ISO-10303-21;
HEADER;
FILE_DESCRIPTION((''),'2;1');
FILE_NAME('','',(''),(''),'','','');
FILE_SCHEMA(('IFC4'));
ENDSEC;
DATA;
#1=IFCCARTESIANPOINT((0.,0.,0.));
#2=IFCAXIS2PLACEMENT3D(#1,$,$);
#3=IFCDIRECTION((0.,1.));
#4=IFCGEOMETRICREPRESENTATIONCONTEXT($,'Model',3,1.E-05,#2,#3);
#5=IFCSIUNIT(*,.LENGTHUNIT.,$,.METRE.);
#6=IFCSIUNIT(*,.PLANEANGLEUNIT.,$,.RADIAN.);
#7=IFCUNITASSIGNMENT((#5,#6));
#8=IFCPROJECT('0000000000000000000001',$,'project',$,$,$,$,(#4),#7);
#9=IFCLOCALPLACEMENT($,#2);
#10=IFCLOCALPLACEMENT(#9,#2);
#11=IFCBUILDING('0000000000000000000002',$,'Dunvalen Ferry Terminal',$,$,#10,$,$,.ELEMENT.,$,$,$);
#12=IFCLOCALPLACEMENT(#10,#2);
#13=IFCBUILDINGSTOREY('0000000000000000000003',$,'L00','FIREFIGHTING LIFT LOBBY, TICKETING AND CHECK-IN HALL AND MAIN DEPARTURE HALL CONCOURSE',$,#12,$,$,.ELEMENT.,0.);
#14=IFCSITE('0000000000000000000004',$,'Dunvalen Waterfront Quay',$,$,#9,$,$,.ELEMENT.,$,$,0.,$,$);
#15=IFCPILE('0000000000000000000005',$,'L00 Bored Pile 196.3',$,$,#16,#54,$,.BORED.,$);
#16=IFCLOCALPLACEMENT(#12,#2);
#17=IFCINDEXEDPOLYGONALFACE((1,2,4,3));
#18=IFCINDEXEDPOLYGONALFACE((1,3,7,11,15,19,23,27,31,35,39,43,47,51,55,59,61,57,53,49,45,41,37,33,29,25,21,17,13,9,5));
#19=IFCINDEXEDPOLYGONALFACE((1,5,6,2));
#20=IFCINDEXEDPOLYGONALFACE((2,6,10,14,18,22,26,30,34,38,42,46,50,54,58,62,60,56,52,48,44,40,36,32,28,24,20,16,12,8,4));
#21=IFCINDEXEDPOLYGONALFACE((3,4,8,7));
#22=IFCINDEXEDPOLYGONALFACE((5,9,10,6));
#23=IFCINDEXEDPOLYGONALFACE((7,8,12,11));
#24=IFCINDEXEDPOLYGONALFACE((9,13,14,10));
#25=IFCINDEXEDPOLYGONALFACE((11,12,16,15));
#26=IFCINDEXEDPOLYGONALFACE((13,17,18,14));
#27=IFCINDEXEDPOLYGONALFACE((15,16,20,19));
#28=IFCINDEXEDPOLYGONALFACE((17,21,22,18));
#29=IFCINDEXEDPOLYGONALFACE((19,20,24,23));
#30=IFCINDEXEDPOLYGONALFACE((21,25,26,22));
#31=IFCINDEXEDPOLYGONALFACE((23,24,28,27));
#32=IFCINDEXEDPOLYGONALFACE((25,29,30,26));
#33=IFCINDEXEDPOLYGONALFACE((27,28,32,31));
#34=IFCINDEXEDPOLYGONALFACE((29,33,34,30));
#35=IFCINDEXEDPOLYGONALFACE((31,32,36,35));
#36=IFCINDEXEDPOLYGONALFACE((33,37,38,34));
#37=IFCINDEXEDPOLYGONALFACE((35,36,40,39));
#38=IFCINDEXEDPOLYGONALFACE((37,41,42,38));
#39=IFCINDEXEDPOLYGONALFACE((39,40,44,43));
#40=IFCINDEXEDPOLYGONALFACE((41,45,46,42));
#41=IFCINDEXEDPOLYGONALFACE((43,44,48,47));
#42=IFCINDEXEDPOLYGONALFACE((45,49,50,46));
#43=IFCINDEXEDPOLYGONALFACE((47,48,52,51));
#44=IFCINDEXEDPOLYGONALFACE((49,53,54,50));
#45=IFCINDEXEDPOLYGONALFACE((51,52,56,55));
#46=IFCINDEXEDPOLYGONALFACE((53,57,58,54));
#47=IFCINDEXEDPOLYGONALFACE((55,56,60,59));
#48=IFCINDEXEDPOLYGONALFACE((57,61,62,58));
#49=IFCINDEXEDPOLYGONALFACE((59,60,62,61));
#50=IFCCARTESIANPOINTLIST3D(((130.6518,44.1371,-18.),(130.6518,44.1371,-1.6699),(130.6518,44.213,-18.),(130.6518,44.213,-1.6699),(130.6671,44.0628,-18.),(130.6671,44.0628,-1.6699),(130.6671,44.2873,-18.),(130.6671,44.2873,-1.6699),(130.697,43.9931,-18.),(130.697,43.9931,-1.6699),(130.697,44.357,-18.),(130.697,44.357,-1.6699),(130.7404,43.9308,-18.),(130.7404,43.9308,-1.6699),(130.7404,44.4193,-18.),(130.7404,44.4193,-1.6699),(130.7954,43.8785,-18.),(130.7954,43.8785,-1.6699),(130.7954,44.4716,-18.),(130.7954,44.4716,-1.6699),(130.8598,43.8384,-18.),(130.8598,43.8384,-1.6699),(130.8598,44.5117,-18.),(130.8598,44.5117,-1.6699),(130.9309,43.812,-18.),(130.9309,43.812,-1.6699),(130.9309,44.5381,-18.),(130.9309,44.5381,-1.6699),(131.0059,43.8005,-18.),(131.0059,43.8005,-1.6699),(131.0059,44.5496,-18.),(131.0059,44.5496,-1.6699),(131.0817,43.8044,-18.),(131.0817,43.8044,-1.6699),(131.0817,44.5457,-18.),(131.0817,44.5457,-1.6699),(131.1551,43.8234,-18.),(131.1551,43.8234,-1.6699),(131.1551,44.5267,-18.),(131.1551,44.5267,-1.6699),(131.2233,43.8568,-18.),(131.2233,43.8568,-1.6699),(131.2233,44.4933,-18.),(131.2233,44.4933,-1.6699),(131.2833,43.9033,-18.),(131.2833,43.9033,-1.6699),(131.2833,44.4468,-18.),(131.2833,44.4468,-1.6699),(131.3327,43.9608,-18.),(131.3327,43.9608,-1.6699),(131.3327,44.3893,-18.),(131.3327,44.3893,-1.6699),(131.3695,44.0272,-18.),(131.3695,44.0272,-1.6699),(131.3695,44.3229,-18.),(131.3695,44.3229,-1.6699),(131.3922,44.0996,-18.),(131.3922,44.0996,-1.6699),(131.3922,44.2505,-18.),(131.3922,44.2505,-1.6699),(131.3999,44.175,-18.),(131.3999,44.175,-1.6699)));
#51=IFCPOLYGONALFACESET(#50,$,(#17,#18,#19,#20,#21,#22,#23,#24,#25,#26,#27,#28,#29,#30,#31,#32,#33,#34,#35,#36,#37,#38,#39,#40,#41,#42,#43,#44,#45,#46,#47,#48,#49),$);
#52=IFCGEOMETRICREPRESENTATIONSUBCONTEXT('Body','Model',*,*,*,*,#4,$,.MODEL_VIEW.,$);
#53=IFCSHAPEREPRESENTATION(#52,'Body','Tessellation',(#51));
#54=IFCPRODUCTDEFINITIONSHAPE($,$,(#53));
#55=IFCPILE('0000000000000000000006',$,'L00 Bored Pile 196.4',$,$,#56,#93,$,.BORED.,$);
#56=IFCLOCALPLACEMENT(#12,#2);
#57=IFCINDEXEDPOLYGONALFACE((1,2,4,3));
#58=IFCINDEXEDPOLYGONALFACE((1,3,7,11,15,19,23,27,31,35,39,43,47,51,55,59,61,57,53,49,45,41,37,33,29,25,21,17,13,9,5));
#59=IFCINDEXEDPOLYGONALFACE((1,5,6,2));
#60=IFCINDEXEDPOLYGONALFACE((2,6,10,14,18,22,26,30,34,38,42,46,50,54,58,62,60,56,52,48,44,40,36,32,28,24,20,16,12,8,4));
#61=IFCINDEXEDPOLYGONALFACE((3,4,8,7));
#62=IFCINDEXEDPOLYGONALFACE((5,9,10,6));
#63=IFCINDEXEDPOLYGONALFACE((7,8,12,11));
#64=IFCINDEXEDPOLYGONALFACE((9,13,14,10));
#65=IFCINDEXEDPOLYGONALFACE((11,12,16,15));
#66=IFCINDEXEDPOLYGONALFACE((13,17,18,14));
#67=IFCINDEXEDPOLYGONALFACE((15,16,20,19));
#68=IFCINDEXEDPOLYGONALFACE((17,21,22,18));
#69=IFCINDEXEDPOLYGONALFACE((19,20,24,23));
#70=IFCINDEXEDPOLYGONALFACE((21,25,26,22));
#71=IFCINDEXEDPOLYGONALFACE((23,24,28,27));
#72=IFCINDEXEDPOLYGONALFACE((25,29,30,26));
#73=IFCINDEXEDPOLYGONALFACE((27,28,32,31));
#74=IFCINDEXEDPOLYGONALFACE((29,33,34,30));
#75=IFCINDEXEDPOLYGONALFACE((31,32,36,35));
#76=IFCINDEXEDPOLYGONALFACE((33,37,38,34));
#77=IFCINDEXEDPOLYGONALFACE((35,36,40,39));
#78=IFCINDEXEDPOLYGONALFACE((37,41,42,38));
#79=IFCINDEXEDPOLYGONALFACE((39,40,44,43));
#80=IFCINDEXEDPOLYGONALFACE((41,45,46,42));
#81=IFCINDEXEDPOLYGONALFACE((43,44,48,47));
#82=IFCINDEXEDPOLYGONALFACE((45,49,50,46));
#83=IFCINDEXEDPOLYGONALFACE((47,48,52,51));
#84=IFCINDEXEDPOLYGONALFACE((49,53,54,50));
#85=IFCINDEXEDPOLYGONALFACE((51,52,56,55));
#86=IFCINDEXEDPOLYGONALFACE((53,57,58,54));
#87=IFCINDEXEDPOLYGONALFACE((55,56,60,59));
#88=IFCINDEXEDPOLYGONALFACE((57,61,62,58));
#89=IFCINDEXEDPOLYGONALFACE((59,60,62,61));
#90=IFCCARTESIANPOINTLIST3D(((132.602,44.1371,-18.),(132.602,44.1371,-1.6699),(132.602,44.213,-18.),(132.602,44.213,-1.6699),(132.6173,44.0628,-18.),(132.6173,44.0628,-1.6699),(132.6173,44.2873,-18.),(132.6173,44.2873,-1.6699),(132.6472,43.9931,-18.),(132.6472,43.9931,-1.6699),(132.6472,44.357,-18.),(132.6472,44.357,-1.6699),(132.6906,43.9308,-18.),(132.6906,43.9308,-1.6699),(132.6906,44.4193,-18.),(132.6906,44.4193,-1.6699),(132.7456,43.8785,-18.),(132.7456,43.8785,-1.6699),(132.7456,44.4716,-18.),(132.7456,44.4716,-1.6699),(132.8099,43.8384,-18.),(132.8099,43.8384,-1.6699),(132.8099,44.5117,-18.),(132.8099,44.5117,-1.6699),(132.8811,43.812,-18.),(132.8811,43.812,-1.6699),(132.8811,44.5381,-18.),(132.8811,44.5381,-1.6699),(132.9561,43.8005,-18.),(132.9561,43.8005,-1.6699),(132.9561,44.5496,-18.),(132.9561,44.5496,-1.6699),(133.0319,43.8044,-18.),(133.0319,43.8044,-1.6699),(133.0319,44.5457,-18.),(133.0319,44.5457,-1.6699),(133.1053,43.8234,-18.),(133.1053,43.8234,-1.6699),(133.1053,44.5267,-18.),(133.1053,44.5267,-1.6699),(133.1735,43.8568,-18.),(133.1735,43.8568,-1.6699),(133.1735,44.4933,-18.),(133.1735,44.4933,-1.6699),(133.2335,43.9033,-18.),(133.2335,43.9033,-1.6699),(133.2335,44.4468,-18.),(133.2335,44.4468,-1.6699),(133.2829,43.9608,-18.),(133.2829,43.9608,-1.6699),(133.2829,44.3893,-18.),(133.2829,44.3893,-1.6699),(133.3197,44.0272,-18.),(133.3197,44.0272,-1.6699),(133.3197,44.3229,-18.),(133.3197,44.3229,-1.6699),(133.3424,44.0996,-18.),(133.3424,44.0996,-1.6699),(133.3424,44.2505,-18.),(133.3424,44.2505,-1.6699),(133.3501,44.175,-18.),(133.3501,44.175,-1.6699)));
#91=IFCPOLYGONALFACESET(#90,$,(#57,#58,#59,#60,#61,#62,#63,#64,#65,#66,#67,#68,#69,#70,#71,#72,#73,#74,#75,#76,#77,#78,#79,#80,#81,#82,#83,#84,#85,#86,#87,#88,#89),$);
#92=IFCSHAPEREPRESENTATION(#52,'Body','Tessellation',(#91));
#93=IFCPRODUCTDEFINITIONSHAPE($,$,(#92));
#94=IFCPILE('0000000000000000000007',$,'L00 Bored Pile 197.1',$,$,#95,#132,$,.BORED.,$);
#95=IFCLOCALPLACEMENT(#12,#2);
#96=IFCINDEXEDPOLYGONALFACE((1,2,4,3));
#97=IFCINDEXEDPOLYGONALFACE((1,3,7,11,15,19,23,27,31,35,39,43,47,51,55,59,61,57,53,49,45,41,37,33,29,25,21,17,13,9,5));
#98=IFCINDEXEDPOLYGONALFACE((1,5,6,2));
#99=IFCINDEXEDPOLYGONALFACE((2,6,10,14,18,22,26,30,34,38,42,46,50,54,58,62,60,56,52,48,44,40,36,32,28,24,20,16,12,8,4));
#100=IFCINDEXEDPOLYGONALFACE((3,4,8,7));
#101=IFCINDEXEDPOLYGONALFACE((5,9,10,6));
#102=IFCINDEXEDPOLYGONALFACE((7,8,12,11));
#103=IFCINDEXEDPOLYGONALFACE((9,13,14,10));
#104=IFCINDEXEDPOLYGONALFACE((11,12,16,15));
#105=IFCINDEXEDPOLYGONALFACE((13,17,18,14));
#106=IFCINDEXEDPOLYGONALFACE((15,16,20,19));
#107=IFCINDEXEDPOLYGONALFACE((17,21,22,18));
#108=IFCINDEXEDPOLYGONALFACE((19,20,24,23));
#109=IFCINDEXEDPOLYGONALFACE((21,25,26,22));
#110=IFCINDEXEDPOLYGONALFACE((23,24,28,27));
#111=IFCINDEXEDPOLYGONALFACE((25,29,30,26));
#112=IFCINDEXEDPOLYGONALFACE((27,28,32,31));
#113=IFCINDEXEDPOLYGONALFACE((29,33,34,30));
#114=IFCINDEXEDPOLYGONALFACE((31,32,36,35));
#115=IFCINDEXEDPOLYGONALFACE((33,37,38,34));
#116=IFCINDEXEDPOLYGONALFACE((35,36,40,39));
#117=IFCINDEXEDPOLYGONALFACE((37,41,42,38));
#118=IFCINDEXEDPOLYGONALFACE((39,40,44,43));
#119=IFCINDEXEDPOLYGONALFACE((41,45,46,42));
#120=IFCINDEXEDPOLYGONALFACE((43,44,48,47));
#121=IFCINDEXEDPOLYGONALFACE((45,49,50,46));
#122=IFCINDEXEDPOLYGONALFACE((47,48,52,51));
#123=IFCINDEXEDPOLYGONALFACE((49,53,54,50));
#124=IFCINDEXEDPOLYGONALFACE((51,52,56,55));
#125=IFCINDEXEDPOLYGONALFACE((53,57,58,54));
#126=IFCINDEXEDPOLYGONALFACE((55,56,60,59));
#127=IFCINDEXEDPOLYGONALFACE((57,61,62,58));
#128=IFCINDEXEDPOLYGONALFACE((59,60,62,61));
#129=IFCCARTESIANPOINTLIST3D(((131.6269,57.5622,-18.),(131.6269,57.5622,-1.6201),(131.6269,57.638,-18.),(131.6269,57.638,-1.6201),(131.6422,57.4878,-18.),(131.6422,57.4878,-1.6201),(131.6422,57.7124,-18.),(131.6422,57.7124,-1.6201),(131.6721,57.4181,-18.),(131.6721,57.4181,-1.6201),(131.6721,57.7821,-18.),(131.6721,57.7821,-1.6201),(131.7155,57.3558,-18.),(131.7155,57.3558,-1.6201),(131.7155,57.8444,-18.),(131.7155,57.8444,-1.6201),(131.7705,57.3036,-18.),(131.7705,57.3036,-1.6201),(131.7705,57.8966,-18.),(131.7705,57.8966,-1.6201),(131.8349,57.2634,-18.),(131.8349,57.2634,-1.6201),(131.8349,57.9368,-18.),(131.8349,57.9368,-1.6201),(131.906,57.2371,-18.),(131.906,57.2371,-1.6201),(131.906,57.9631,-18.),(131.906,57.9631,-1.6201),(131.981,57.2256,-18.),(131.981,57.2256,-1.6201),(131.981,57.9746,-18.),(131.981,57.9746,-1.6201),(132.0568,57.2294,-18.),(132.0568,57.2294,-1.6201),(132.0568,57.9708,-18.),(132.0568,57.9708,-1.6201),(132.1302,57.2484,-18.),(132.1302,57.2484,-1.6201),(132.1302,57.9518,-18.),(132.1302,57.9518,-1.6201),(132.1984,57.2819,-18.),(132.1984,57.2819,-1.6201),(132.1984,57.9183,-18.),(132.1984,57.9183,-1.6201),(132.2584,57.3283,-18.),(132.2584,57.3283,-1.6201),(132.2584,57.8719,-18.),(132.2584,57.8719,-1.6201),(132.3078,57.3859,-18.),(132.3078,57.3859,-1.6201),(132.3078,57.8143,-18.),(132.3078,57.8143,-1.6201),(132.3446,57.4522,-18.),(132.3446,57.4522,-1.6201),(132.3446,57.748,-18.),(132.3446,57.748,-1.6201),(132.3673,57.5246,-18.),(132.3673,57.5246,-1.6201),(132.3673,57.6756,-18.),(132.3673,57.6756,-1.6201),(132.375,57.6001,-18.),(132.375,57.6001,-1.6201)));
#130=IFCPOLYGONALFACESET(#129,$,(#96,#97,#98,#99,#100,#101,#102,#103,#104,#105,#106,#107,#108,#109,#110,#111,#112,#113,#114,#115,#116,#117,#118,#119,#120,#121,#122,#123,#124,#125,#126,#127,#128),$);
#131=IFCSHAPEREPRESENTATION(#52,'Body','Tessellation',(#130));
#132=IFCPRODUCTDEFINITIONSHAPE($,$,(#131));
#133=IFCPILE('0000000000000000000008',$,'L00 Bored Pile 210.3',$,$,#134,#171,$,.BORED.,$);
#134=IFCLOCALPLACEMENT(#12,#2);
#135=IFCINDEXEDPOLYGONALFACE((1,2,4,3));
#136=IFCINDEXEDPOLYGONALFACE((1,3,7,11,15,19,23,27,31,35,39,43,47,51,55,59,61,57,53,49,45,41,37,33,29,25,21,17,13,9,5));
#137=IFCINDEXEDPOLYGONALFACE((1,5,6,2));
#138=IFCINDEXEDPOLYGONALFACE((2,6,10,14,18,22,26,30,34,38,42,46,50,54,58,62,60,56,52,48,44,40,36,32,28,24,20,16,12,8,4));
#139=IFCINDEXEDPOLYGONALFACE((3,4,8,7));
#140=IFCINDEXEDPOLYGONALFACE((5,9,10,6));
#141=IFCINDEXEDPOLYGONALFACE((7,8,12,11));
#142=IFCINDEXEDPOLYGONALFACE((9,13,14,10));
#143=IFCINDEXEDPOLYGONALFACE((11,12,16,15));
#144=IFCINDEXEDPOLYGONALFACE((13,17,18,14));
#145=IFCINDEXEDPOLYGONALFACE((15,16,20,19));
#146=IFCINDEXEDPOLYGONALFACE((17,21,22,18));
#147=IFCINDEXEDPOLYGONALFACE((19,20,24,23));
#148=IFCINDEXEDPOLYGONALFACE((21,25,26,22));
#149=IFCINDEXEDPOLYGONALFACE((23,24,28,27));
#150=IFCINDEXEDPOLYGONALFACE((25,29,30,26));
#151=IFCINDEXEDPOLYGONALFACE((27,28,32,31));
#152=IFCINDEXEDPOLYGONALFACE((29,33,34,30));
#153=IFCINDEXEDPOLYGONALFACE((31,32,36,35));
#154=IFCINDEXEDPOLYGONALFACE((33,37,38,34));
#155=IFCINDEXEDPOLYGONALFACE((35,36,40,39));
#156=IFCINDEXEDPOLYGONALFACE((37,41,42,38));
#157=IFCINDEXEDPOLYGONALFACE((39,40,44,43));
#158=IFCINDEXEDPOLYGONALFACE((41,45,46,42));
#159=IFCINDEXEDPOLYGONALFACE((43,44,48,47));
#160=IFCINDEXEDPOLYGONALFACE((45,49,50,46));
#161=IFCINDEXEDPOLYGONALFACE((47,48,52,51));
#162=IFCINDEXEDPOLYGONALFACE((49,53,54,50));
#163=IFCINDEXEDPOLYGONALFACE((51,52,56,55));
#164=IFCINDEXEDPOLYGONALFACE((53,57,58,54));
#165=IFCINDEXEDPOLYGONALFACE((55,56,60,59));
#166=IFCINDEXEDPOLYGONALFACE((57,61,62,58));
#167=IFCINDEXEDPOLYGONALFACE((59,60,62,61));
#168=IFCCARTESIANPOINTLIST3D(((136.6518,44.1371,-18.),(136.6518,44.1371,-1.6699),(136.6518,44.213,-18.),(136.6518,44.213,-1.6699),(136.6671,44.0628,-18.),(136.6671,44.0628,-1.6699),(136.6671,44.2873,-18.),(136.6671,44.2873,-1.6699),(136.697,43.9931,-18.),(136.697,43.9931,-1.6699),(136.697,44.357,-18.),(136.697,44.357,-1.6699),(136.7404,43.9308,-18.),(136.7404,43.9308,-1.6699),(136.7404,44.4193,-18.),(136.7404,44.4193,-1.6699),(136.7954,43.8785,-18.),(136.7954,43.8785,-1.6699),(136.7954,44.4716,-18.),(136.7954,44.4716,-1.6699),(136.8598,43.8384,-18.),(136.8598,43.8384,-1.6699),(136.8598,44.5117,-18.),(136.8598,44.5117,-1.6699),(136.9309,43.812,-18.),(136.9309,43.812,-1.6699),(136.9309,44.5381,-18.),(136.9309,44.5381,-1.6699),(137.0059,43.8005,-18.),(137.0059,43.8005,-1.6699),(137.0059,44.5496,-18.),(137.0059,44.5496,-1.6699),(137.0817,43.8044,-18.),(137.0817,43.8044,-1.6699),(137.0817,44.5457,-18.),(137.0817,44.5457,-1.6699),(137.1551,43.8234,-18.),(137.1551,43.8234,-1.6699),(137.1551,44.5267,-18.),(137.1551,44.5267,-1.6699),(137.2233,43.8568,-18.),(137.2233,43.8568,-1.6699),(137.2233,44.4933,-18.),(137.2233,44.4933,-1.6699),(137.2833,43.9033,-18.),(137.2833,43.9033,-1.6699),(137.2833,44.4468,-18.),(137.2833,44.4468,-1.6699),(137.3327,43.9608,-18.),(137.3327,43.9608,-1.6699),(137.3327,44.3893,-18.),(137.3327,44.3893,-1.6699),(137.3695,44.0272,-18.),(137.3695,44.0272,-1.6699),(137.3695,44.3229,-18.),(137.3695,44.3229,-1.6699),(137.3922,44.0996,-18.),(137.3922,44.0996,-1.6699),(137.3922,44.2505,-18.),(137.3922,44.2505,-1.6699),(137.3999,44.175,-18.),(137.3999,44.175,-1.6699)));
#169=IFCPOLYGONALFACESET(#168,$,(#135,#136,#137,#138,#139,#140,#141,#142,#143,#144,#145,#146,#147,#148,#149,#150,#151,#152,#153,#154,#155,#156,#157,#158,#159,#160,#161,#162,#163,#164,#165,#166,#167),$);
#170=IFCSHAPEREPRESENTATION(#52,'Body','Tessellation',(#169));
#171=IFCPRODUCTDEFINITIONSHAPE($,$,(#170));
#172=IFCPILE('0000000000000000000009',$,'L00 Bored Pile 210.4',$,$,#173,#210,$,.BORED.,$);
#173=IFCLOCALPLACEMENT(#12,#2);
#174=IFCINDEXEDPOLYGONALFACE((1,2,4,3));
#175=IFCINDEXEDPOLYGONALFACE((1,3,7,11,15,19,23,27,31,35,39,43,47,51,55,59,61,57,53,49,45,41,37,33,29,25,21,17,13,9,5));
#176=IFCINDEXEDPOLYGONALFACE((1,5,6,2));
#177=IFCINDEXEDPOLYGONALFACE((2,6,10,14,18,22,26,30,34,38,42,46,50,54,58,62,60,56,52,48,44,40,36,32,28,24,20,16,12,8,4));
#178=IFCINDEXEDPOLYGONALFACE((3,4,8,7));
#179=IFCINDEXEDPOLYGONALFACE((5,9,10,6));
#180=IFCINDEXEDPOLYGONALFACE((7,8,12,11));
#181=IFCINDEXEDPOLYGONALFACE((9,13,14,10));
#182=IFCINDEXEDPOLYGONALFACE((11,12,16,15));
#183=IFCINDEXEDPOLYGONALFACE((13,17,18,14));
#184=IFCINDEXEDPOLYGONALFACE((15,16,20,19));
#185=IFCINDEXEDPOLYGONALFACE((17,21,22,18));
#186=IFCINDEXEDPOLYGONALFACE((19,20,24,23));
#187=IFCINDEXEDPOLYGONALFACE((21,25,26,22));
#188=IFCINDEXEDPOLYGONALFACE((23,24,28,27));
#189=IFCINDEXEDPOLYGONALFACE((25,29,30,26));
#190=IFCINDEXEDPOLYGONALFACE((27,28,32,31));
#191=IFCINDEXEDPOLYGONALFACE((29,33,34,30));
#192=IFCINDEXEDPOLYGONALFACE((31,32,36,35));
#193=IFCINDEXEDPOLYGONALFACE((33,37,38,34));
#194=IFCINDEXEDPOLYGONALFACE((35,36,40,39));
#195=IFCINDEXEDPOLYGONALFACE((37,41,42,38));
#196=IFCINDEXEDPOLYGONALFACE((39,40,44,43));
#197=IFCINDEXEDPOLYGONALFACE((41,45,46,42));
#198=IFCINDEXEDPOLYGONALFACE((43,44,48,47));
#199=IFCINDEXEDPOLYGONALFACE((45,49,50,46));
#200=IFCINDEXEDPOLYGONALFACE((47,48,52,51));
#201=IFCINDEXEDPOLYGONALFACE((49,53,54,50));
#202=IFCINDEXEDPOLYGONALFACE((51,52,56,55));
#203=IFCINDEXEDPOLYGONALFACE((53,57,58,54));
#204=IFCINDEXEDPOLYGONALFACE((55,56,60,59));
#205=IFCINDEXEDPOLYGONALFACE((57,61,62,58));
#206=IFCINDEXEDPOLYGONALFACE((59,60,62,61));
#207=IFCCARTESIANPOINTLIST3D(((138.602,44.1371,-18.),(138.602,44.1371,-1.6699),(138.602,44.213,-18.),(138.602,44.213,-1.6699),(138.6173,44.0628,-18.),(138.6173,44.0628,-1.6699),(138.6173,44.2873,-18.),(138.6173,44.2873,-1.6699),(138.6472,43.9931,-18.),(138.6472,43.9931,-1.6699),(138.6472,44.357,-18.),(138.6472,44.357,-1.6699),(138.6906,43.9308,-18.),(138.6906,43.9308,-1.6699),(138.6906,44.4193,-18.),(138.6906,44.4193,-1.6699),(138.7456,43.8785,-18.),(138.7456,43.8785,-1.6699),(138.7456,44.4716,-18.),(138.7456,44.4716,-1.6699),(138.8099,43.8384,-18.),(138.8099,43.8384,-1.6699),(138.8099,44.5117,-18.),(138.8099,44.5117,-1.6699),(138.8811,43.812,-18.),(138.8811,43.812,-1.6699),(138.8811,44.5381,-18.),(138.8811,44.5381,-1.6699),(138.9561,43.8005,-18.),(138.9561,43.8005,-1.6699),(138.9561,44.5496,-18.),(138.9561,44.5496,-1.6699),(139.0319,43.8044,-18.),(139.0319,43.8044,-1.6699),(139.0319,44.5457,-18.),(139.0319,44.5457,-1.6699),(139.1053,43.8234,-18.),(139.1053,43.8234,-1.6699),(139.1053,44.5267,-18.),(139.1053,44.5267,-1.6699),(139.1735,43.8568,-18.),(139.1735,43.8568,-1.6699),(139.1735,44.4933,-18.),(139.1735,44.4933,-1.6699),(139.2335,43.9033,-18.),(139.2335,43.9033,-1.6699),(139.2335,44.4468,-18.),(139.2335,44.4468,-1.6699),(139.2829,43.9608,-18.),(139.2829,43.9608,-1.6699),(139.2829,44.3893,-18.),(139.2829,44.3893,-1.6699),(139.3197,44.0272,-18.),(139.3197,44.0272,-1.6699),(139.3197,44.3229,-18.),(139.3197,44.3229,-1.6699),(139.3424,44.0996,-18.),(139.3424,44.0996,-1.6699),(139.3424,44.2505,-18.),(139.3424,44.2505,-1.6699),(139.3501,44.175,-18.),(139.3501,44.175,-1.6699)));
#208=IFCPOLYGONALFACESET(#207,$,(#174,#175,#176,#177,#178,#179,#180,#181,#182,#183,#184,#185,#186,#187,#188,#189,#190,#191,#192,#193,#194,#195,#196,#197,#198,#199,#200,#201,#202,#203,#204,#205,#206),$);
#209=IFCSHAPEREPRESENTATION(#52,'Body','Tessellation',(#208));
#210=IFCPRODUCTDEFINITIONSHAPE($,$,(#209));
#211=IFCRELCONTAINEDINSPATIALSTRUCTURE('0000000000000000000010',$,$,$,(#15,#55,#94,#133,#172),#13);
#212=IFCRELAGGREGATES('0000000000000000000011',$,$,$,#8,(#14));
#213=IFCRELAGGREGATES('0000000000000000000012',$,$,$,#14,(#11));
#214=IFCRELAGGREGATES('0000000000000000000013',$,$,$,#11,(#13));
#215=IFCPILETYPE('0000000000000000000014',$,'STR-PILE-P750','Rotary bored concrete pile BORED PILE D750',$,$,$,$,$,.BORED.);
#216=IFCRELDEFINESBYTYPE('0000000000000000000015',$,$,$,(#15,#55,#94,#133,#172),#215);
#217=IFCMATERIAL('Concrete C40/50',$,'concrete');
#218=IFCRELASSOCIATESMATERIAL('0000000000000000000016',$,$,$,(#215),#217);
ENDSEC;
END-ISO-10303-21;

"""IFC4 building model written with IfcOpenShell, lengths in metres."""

from ifc_helpers import new_model, si_unit, direction, frame, origin, origin_2d, place, context, subcontext, project, spatial, circle, extrude, material, material_profile, profile_set, type_object, element, save


model = new_model("IFC4")

# Units and contexts
model_context = context("Model", 3, precision=1e-05, world=origin(), true_north=direction((0.0, 1.0)))
body_context = subcontext(model_context, "Body", "Model", "MODEL_VIEW")
ifc_project = project(units=[si_unit("LENGTHUNIT", "METRE"), si_unit("PLANEANGLEUNIT", "RADIAN")], contexts=[model_context])

# Site, building, storey
site_placement = place(None, origin())
site = spatial("IfcSite", under=ifc_project, at=site_placement, Name="Dunvalen Waterfront Quay", CompositionType="ELEMENT", RefElevation=0.0)
building_placement = place(site_placement, origin())
building = spatial("IfcBuilding", under=site, at=building_placement, Name="Dunvalen Ferry Terminal", CompositionType="ELEMENT")
storey_placement = place(building_placement, origin())
storey = spatial("IfcBuildingStorey", under=building, at=storey_placement, Name="L00", Description="FIREFIGHTING LIFT LOBBY, TICKETING AND CHECK-IN HALL AND MAIN DEPARTURE HALL CONCOURSE", CompositionType="ELEMENT", Elevation=0.0)

# Shared definitions
ifc_material_1 = material(Name="Concrete C40/50", Category="concrete")

# Piles
ifc_material_profile_1 = material_profile(ifc_material_1, circle(Radius=0.375, at=origin_2d()), Name="Concrete C40/50")
ifc_profile_set_1 = profile_set([ifc_material_profile_1], Name="Concrete C40/50")
pile_type_1 = type_object("IfcPileType", Name="STR-PILE-P750", Description="Rotary bored concrete pile BORED PILE D750", PredefinedType="BORED", material=ifc_profile_set_1)
for number, where, z_axis, x_axis, name in (
    (1, (131.0249, 44.175, -1.6699), (0.0, 0.0, -1.0), (1.0, 0.0, 0.0), "L00 Bored Pile 196.3"),
    (2, (132.9751, 44.175, -1.6699), (0.0, 0.0, -1.0), (1.0, 0.0, 0.0), "L00 Bored Pile 196.4"),
):
    element("IfcPile", number, at=place(storey_placement, frame(where, z_axis=z_axis, x_axis=x_axis)), inside=storey, type_object=pile_type_1, Name=name, PredefinedType="BORED", context=body_context, shape_type="SweptSolid", body=[
        extrude(circle(Radius=0.375, at=origin_2d()), origin(), (0.0, 0.0, 1.0), 16.3301),
    ])
pile_1_placement = place(storey_placement, frame((132.0, 57.6001, -1.6201), z_axis=(0.0, 0.0, -1.0), x_axis=(1.0, 0.0, 0.0)))
element("IfcPile", 3, at=pile_1_placement, inside=storey, type_object=pile_type_1, Name="L00 Bored Pile 197.1", PredefinedType="BORED", context=body_context, shape_type="SweptSolid", body=[
    extrude(circle(Radius=0.375, at=origin_2d()), origin(), (0.0, 0.0, 1.0), 16.3799),
])
for number, where, z_axis, x_axis, name in (
    (4, (137.0249, 44.175, -1.6699), (0.0, 0.0, -1.0), (1.0, 0.0, 0.0), "L00 Bored Pile 210.3"),
    (5, (138.9751, 44.175, -1.6699), (0.0, 0.0, -1.0), (1.0, 0.0, 0.0), "L00 Bored Pile 210.4"),
):
    element("IfcPile", number, at=place(storey_placement, frame(where, z_axis=z_axis, x_axis=x_axis)), inside=storey, type_object=pile_type_1, Name=name, PredefinedType="BORED", context=body_context, shape_type="SweptSolid", body=[
        extrude(circle(Radius=0.375, at=origin_2d()), origin(), (0.0, 0.0, 1.0), 16.3301),
    ])

save(model, "model.ifc")
